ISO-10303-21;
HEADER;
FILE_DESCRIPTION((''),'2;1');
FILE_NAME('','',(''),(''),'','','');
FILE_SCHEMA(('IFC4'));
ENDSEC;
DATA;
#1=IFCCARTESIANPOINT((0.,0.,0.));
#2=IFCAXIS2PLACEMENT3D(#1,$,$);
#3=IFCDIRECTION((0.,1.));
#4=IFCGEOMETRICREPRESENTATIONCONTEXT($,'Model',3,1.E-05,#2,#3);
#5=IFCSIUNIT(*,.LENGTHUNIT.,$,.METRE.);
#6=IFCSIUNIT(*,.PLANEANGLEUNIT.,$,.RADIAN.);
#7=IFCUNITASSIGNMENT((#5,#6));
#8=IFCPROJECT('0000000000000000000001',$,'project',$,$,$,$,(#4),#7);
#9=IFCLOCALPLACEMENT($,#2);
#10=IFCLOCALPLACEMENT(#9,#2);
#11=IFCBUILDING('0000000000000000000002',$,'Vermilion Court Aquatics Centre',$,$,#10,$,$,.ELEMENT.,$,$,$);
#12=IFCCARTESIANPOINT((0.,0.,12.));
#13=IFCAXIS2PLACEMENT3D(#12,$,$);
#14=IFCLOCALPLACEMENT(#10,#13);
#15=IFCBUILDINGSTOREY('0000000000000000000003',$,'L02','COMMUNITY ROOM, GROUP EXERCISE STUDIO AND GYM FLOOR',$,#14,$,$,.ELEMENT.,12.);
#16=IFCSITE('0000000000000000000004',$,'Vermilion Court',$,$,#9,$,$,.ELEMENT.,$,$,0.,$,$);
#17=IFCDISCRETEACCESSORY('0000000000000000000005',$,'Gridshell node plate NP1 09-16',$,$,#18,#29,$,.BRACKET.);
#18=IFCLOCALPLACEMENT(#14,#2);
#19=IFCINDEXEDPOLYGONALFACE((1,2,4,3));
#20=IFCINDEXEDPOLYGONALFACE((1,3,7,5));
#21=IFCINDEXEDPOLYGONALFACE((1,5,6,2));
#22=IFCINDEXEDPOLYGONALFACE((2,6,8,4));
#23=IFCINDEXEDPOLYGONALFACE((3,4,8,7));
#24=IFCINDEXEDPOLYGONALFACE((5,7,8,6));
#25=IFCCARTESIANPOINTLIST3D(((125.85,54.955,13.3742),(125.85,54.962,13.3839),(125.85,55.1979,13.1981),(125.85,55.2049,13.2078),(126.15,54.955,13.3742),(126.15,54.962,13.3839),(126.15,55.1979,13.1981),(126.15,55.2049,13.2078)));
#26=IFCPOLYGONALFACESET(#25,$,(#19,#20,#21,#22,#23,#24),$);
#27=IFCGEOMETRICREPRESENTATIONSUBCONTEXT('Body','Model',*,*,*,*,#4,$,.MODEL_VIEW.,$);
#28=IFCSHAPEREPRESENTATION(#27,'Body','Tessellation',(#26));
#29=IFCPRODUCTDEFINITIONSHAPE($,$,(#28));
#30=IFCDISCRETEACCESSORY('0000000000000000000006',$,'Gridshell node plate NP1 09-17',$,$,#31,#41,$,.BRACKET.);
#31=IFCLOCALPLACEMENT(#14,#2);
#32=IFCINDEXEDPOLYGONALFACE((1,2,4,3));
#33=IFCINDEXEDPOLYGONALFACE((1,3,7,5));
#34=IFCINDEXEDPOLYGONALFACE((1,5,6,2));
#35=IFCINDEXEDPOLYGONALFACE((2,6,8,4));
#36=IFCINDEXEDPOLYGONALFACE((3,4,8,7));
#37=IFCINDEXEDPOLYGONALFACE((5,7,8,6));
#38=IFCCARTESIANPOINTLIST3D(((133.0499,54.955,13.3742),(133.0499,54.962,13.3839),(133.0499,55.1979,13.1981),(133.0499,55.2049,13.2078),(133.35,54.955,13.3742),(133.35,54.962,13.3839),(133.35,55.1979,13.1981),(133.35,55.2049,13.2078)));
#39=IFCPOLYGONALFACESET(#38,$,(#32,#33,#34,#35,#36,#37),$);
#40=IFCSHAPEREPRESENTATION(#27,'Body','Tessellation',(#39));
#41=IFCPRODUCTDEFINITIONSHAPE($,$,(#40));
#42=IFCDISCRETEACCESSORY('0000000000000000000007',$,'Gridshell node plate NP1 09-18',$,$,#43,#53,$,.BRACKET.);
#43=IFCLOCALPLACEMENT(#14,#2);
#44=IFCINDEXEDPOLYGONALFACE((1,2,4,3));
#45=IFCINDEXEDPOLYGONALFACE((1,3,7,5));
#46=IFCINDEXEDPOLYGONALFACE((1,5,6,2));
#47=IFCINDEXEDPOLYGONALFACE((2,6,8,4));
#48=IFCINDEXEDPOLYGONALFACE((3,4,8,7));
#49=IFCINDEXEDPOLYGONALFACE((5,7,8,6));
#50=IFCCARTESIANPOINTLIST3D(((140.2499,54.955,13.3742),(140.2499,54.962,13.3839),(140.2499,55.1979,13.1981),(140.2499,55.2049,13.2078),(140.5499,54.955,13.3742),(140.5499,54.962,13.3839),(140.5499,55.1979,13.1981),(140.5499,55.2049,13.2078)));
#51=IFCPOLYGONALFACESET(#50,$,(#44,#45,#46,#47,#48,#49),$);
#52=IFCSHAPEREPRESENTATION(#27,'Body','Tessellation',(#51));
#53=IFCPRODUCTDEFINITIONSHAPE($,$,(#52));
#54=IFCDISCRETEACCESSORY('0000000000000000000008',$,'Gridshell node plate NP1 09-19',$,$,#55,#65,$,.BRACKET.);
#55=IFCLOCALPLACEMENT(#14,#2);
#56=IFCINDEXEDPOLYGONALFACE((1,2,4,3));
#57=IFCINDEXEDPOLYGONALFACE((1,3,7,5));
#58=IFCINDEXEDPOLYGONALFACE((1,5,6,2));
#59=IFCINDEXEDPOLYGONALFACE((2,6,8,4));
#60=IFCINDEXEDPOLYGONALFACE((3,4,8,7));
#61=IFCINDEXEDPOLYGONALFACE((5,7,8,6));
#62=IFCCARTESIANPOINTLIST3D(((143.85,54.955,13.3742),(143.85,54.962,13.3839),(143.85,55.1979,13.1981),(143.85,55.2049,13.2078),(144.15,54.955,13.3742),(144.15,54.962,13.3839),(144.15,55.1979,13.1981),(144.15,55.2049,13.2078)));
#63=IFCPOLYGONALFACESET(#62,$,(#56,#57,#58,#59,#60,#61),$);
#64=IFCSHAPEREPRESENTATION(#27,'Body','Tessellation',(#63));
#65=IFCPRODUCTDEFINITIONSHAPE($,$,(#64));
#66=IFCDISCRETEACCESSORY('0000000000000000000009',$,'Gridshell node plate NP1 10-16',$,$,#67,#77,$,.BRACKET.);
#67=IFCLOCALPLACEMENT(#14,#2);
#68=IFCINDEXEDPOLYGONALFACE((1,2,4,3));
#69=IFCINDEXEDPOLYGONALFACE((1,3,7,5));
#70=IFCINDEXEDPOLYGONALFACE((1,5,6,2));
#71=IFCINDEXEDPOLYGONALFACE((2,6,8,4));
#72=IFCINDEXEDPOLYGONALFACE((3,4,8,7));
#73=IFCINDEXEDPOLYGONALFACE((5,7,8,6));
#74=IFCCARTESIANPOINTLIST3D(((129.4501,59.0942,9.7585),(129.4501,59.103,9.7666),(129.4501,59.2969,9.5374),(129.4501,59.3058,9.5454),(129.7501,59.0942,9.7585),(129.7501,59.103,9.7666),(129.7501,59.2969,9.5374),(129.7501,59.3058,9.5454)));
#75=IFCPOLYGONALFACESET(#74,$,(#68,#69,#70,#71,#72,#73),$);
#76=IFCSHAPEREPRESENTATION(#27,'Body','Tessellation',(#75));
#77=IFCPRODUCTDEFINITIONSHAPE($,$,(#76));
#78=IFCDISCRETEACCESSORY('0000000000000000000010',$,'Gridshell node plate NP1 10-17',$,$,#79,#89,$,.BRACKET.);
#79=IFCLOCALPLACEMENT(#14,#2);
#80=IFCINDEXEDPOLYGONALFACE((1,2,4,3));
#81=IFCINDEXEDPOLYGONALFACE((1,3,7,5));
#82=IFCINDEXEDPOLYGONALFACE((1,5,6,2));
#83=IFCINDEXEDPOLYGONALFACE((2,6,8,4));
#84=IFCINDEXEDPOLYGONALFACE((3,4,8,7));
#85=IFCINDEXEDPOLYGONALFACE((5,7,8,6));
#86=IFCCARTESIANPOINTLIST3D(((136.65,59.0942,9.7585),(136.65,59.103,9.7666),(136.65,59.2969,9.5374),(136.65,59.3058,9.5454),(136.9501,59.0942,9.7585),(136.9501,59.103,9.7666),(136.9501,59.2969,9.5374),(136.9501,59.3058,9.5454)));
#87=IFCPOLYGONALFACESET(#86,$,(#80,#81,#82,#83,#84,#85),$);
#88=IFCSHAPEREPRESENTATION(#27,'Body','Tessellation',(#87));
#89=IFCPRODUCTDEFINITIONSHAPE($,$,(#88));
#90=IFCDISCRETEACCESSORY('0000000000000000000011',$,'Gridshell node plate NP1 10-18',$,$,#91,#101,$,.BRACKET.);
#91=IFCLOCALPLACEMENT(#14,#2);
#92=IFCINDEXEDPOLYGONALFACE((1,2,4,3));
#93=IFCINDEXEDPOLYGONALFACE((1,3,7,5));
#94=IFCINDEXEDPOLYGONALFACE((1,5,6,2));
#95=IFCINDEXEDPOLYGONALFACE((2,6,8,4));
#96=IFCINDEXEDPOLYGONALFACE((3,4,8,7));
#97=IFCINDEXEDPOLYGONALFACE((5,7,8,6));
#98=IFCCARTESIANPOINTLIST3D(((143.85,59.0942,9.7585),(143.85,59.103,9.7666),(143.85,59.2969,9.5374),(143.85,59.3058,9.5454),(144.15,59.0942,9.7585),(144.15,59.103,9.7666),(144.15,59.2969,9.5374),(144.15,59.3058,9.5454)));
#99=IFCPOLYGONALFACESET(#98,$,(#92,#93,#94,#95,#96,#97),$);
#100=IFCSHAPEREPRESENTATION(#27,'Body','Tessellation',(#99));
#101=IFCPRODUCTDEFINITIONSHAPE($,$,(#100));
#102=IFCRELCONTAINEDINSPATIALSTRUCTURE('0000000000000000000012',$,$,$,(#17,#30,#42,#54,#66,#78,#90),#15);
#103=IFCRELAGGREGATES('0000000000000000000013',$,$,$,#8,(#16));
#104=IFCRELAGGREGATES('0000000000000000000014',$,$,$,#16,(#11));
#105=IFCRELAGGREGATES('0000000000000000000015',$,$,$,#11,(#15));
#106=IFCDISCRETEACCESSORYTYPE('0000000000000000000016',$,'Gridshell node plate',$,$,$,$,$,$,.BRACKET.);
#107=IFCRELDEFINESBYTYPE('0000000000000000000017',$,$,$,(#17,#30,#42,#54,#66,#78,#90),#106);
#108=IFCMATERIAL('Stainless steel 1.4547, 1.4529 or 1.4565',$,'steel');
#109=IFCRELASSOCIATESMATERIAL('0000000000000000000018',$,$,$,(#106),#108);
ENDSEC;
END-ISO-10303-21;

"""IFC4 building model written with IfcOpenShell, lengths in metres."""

from ifc_helpers import new_model, si_unit, direction, frame, origin, origin_2d, place, context, subcontext, project, spatial, rectangle, extrude, material, material_profile, profile_set, type_object, element, save


model = new_model("IFC4")

# Units and contexts
model_context = context("Model", 3, precision=1e-05, world=origin(), true_north=direction((0.0, 1.0)))
body_context = subcontext(model_context, "Body", "Model", "MODEL_VIEW")
ifc_project = project(units=[si_unit("LENGTHUNIT", "METRE"), si_unit("PLANEANGLEUNIT", "RADIAN")], contexts=[model_context])

# Site, building, storey
site_placement = place(None, origin())
site = spatial("IfcSite", under=ifc_project, at=site_placement, Name="Vermilion Court", CompositionType="ELEMENT", RefElevation=0.0)
building_placement = place(site_placement, origin())
building = spatial("IfcBuilding", under=site, at=building_placement, Name="Vermilion Court Aquatics Centre", CompositionType="ELEMENT")
storey_placement = place(building_placement, frame((0.0, 0.0, 12.0)))
storey = spatial("IfcBuildingStorey", under=building, at=storey_placement, Name="L02", Description="COMMUNITY ROOM, GROUP EXERCISE STUDIO AND GYM FLOOR", CompositionType="ELEMENT", Elevation=12.0)

# Discrete accessories
ifc_material_1 = material(Name="Stainless steel 1.4547, 1.4529 or 1.4565", Category="steel")
ifc_material_profile_1 = material_profile(ifc_material_1, rectangle(XDim=0.3, YDim=0.3, at=origin_2d()), Name="PL 12 x 300 x 300")
ifc_profile_set_1 = profile_set([ifc_material_profile_1], Name="Stainless steel 1.4547, 1.4529 or 1.4565")
discrete_accessory_type = type_object("IfcDiscreteAccessoryType", Name="Gridshell node plate", PredefinedType="BRACKET", material=ifc_profile_set_1)
for number, where, z_axis, x_axis, name in (
    (1, (126.0, 55.0764, 13.2861), (0.0, 0.586968, 0.80961), (-1.0, 0.0, 0.0), "Gridshell node plate NP1 09-16"),
    (2, (133.2, 55.0764, 13.2861), (0.0, 0.586968, 0.80961), (-1.0, 0.0, 0.0), "Gridshell node plate NP1 09-17"),
    (3, (140.3999, 55.0764, 13.2861), (0.0, 0.586968, 0.80961), (-1.0, 0.0, 0.0), "Gridshell node plate NP1 09-18"),
    (4, (144.0, 55.0764, 13.2861), (0.0, 0.586968, 0.80961), (-1.0, 0.0, 0.0), "Gridshell node plate NP1 09-19"),
    (5, (129.6001, 59.1956, 9.6479), (0.0, 0.737154, 0.675725), (-1.0, 0.0, 0.0), "Gridshell node plate NP1 10-16"),
    (6, (136.8, 59.1956, 9.6479), (0.0, 0.737154, 0.675725), (-1.0, 0.0, 0.0), "Gridshell node plate NP1 10-17"),
    (7, (144.0, 59.1956, 9.6479), (0.0, 0.737154, 0.675725), (-1.0, 0.0, 0.0), "Gridshell node plate NP1 10-18"),
):
    element("IfcDiscreteAccessory", number, at=place(storey_placement, frame(where, z_axis=z_axis, x_axis=x_axis)), inside=storey, type_object=discrete_accessory_type, Name=name, PredefinedType="BRACKET", context=body_context, shape_type="SweptSolid", body=[
        extrude(rectangle(XDim=0.3, YDim=0.3, at=origin_2d()), origin(), (0.0, 0.0, 1.0), 0.012),
    ])

save(model, "model.ifc")
